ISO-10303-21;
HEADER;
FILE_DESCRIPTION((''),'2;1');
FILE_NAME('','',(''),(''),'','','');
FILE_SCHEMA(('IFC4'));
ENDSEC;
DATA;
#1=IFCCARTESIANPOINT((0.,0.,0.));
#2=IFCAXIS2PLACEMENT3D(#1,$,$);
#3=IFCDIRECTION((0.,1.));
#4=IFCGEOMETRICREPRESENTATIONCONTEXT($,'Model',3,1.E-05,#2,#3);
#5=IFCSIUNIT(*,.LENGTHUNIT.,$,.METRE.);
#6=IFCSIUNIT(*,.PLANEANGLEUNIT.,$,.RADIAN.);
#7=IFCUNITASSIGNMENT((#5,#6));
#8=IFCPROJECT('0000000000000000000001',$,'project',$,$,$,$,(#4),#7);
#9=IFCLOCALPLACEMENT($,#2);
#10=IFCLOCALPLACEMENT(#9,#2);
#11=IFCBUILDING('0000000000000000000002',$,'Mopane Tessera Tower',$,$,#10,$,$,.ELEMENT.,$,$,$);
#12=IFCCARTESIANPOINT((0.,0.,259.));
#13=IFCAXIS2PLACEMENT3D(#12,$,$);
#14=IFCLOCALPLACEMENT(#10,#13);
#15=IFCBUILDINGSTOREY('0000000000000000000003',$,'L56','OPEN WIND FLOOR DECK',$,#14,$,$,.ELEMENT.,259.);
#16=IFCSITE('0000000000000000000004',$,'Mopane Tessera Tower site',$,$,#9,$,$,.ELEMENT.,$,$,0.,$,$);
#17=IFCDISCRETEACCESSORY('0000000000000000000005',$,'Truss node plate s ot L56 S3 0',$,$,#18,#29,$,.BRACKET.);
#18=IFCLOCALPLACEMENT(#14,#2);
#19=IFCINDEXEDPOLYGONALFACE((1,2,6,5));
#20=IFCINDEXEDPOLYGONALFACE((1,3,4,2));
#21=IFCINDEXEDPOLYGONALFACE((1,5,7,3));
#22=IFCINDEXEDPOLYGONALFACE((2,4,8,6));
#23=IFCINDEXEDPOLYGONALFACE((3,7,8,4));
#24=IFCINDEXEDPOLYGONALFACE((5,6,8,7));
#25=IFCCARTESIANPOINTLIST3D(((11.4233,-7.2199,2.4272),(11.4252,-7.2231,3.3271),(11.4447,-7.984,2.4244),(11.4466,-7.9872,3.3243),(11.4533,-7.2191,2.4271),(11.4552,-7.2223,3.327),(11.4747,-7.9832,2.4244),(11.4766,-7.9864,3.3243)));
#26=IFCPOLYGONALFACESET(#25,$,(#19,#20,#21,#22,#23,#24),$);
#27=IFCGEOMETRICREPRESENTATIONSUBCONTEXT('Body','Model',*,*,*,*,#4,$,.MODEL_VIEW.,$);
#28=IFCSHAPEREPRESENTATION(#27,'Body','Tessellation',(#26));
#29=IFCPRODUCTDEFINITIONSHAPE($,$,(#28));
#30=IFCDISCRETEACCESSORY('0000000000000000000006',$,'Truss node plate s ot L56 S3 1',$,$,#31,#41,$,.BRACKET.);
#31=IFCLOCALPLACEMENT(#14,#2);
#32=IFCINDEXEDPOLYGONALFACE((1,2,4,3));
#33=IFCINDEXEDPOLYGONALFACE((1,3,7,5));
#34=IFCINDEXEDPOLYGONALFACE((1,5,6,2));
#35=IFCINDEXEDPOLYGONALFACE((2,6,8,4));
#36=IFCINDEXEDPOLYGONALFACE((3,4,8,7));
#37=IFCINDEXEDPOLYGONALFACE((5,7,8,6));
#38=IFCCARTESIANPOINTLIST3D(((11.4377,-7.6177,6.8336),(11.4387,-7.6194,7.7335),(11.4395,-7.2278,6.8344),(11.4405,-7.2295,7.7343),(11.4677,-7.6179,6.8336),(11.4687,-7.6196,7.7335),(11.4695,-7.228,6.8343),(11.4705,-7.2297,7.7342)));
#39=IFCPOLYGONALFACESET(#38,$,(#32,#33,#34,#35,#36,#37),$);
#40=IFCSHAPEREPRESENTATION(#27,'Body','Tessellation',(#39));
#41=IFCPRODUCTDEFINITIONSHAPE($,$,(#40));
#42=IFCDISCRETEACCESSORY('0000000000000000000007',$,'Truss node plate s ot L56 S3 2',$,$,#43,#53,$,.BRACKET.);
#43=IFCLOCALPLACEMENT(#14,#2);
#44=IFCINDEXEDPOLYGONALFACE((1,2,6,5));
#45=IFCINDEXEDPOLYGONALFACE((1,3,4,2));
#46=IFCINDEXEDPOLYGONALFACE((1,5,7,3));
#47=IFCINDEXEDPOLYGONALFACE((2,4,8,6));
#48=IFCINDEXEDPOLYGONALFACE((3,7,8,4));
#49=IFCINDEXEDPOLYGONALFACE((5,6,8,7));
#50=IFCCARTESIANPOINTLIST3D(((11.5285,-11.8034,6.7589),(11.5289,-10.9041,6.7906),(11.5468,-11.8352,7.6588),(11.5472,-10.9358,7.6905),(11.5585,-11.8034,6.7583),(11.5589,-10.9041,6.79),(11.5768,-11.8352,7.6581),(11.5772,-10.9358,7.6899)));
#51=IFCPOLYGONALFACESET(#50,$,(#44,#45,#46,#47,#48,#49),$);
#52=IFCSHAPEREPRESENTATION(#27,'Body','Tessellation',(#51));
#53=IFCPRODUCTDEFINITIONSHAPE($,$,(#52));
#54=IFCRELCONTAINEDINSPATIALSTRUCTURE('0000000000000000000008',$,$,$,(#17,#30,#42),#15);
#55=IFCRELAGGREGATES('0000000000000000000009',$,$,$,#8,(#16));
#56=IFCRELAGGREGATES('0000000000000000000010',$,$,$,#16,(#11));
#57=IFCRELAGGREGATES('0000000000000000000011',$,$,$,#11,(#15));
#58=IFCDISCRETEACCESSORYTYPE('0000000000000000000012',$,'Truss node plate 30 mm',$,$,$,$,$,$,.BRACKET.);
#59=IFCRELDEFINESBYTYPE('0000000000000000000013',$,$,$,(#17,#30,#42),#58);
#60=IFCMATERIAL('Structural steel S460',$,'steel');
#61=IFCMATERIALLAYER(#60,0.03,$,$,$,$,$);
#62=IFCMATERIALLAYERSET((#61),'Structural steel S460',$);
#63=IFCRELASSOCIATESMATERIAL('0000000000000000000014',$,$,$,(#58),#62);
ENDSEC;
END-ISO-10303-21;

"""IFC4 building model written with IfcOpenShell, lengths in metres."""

from ifc_helpers import new_model, si_unit, direction, frame, origin, origin_2d, place, context, subcontext, project, spatial, rectangle, extrude, material, layer, layer_set, type_object, element, save


model = new_model("IFC4")

# Units and contexts
model_context = context("Model", 3, precision=1e-05, world=origin(), true_north=direction((0.0, 1.0)))
body_context = subcontext(model_context, "Body", "Model", "MODEL_VIEW")
ifc_project = project(units=[si_unit("LENGTHUNIT", "METRE"), si_unit("PLANEANGLEUNIT", "RADIAN")], contexts=[model_context])

# Site, building, storey
site_placement = place(None, origin())
site = spatial("IfcSite", under=ifc_project, at=site_placement, Name="Mopane Tessera Tower site", CompositionType="ELEMENT", RefElevation=0.0)
building_placement = place(site_placement, origin())
building = spatial("IfcBuilding", under=site, at=building_placement, Name="Mopane Tessera Tower", CompositionType="ELEMENT")
storey_placement = place(building_placement, frame((0.0, 0.0, 259.0)))
storey = spatial("IfcBuildingStorey", under=building, at=storey_placement, Name="L56", Description="OPEN WIND FLOOR DECK", CompositionType="ELEMENT", Elevation=259.0)

# Discrete accessories
ifc_material_1 = material(Name="Structural steel S460", Category="steel")
ifc_layer_1 = layer(ifc_material_1, 0.03)
ifc_layer_set_1 = layer_set([ifc_layer_1], Name="Structural steel S460")
discrete_accessory_type_1 = type_object("IfcDiscreteAccessoryType", Name="Truss node plate 30 mm", PredefinedType="BRACKET", material=ifc_layer_set_1)
discrete_accessory_1_placement = place(storey_placement, frame((11.449, -7.6016, 2.4258), z_axis=(0.00217, -0.003527, 0.999991), x_axis=(0.999606, 0.027989, -0.002071)))
element("IfcDiscreteAccessory", 1, at=discrete_accessory_1_placement, inside=storey, type_object=discrete_accessory_type_1, Name="Truss node plate s ot L56 S3 0", PredefinedType="BRACKET", context=body_context, shape_type="SweptSolid", body=[
    extrude(rectangle(XDim=0.03, YDim=0.7644, at=origin_2d()), origin(), (0.0, 0.0, 1.0), 0.8999),
])
discrete_accessory_2_placement = place(storey_placement, frame((11.4536, -7.4229, 6.834), z_axis=(0.001085, -0.001899, 0.999998), x_axis=(0.999989, -0.004521, -0.001094)))
element("IfcDiscreteAccessory", 2, at=discrete_accessory_2_placement, inside=storey, type_object=discrete_accessory_type_1, Name="Truss node plate s ot L56 S3 1", PredefinedType="BRACKET", context=body_context, shape_type="SweptSolid", body=[
    extrude(rectangle(XDim=0.03, YDim=0.3899, at=origin_2d()), origin(), (0.0, 0.0, 1.0), 0.8999),
])
discrete_accessory_3_placement = place(storey_placement, frame((11.5437, -11.3538, 6.7744), z_axis=(0.02033, -0.035239, 0.999172), x_axis=(0.999793, 0.000325, -0.020332)))
element("IfcDiscreteAccessory", 3, at=discrete_accessory_3_placement, inside=storey, type_object=discrete_accessory_type_1, Name="Truss node plate s ot L56 S3 2", PredefinedType="BRACKET", context=body_context, shape_type="SweptSolid", body=[
    extrude(rectangle(XDim=0.03, YDim=0.8999, at=origin_2d()), origin(), (0.0, 0.0, 1.0), 0.9006),
])

save(model, "model.ifc")
